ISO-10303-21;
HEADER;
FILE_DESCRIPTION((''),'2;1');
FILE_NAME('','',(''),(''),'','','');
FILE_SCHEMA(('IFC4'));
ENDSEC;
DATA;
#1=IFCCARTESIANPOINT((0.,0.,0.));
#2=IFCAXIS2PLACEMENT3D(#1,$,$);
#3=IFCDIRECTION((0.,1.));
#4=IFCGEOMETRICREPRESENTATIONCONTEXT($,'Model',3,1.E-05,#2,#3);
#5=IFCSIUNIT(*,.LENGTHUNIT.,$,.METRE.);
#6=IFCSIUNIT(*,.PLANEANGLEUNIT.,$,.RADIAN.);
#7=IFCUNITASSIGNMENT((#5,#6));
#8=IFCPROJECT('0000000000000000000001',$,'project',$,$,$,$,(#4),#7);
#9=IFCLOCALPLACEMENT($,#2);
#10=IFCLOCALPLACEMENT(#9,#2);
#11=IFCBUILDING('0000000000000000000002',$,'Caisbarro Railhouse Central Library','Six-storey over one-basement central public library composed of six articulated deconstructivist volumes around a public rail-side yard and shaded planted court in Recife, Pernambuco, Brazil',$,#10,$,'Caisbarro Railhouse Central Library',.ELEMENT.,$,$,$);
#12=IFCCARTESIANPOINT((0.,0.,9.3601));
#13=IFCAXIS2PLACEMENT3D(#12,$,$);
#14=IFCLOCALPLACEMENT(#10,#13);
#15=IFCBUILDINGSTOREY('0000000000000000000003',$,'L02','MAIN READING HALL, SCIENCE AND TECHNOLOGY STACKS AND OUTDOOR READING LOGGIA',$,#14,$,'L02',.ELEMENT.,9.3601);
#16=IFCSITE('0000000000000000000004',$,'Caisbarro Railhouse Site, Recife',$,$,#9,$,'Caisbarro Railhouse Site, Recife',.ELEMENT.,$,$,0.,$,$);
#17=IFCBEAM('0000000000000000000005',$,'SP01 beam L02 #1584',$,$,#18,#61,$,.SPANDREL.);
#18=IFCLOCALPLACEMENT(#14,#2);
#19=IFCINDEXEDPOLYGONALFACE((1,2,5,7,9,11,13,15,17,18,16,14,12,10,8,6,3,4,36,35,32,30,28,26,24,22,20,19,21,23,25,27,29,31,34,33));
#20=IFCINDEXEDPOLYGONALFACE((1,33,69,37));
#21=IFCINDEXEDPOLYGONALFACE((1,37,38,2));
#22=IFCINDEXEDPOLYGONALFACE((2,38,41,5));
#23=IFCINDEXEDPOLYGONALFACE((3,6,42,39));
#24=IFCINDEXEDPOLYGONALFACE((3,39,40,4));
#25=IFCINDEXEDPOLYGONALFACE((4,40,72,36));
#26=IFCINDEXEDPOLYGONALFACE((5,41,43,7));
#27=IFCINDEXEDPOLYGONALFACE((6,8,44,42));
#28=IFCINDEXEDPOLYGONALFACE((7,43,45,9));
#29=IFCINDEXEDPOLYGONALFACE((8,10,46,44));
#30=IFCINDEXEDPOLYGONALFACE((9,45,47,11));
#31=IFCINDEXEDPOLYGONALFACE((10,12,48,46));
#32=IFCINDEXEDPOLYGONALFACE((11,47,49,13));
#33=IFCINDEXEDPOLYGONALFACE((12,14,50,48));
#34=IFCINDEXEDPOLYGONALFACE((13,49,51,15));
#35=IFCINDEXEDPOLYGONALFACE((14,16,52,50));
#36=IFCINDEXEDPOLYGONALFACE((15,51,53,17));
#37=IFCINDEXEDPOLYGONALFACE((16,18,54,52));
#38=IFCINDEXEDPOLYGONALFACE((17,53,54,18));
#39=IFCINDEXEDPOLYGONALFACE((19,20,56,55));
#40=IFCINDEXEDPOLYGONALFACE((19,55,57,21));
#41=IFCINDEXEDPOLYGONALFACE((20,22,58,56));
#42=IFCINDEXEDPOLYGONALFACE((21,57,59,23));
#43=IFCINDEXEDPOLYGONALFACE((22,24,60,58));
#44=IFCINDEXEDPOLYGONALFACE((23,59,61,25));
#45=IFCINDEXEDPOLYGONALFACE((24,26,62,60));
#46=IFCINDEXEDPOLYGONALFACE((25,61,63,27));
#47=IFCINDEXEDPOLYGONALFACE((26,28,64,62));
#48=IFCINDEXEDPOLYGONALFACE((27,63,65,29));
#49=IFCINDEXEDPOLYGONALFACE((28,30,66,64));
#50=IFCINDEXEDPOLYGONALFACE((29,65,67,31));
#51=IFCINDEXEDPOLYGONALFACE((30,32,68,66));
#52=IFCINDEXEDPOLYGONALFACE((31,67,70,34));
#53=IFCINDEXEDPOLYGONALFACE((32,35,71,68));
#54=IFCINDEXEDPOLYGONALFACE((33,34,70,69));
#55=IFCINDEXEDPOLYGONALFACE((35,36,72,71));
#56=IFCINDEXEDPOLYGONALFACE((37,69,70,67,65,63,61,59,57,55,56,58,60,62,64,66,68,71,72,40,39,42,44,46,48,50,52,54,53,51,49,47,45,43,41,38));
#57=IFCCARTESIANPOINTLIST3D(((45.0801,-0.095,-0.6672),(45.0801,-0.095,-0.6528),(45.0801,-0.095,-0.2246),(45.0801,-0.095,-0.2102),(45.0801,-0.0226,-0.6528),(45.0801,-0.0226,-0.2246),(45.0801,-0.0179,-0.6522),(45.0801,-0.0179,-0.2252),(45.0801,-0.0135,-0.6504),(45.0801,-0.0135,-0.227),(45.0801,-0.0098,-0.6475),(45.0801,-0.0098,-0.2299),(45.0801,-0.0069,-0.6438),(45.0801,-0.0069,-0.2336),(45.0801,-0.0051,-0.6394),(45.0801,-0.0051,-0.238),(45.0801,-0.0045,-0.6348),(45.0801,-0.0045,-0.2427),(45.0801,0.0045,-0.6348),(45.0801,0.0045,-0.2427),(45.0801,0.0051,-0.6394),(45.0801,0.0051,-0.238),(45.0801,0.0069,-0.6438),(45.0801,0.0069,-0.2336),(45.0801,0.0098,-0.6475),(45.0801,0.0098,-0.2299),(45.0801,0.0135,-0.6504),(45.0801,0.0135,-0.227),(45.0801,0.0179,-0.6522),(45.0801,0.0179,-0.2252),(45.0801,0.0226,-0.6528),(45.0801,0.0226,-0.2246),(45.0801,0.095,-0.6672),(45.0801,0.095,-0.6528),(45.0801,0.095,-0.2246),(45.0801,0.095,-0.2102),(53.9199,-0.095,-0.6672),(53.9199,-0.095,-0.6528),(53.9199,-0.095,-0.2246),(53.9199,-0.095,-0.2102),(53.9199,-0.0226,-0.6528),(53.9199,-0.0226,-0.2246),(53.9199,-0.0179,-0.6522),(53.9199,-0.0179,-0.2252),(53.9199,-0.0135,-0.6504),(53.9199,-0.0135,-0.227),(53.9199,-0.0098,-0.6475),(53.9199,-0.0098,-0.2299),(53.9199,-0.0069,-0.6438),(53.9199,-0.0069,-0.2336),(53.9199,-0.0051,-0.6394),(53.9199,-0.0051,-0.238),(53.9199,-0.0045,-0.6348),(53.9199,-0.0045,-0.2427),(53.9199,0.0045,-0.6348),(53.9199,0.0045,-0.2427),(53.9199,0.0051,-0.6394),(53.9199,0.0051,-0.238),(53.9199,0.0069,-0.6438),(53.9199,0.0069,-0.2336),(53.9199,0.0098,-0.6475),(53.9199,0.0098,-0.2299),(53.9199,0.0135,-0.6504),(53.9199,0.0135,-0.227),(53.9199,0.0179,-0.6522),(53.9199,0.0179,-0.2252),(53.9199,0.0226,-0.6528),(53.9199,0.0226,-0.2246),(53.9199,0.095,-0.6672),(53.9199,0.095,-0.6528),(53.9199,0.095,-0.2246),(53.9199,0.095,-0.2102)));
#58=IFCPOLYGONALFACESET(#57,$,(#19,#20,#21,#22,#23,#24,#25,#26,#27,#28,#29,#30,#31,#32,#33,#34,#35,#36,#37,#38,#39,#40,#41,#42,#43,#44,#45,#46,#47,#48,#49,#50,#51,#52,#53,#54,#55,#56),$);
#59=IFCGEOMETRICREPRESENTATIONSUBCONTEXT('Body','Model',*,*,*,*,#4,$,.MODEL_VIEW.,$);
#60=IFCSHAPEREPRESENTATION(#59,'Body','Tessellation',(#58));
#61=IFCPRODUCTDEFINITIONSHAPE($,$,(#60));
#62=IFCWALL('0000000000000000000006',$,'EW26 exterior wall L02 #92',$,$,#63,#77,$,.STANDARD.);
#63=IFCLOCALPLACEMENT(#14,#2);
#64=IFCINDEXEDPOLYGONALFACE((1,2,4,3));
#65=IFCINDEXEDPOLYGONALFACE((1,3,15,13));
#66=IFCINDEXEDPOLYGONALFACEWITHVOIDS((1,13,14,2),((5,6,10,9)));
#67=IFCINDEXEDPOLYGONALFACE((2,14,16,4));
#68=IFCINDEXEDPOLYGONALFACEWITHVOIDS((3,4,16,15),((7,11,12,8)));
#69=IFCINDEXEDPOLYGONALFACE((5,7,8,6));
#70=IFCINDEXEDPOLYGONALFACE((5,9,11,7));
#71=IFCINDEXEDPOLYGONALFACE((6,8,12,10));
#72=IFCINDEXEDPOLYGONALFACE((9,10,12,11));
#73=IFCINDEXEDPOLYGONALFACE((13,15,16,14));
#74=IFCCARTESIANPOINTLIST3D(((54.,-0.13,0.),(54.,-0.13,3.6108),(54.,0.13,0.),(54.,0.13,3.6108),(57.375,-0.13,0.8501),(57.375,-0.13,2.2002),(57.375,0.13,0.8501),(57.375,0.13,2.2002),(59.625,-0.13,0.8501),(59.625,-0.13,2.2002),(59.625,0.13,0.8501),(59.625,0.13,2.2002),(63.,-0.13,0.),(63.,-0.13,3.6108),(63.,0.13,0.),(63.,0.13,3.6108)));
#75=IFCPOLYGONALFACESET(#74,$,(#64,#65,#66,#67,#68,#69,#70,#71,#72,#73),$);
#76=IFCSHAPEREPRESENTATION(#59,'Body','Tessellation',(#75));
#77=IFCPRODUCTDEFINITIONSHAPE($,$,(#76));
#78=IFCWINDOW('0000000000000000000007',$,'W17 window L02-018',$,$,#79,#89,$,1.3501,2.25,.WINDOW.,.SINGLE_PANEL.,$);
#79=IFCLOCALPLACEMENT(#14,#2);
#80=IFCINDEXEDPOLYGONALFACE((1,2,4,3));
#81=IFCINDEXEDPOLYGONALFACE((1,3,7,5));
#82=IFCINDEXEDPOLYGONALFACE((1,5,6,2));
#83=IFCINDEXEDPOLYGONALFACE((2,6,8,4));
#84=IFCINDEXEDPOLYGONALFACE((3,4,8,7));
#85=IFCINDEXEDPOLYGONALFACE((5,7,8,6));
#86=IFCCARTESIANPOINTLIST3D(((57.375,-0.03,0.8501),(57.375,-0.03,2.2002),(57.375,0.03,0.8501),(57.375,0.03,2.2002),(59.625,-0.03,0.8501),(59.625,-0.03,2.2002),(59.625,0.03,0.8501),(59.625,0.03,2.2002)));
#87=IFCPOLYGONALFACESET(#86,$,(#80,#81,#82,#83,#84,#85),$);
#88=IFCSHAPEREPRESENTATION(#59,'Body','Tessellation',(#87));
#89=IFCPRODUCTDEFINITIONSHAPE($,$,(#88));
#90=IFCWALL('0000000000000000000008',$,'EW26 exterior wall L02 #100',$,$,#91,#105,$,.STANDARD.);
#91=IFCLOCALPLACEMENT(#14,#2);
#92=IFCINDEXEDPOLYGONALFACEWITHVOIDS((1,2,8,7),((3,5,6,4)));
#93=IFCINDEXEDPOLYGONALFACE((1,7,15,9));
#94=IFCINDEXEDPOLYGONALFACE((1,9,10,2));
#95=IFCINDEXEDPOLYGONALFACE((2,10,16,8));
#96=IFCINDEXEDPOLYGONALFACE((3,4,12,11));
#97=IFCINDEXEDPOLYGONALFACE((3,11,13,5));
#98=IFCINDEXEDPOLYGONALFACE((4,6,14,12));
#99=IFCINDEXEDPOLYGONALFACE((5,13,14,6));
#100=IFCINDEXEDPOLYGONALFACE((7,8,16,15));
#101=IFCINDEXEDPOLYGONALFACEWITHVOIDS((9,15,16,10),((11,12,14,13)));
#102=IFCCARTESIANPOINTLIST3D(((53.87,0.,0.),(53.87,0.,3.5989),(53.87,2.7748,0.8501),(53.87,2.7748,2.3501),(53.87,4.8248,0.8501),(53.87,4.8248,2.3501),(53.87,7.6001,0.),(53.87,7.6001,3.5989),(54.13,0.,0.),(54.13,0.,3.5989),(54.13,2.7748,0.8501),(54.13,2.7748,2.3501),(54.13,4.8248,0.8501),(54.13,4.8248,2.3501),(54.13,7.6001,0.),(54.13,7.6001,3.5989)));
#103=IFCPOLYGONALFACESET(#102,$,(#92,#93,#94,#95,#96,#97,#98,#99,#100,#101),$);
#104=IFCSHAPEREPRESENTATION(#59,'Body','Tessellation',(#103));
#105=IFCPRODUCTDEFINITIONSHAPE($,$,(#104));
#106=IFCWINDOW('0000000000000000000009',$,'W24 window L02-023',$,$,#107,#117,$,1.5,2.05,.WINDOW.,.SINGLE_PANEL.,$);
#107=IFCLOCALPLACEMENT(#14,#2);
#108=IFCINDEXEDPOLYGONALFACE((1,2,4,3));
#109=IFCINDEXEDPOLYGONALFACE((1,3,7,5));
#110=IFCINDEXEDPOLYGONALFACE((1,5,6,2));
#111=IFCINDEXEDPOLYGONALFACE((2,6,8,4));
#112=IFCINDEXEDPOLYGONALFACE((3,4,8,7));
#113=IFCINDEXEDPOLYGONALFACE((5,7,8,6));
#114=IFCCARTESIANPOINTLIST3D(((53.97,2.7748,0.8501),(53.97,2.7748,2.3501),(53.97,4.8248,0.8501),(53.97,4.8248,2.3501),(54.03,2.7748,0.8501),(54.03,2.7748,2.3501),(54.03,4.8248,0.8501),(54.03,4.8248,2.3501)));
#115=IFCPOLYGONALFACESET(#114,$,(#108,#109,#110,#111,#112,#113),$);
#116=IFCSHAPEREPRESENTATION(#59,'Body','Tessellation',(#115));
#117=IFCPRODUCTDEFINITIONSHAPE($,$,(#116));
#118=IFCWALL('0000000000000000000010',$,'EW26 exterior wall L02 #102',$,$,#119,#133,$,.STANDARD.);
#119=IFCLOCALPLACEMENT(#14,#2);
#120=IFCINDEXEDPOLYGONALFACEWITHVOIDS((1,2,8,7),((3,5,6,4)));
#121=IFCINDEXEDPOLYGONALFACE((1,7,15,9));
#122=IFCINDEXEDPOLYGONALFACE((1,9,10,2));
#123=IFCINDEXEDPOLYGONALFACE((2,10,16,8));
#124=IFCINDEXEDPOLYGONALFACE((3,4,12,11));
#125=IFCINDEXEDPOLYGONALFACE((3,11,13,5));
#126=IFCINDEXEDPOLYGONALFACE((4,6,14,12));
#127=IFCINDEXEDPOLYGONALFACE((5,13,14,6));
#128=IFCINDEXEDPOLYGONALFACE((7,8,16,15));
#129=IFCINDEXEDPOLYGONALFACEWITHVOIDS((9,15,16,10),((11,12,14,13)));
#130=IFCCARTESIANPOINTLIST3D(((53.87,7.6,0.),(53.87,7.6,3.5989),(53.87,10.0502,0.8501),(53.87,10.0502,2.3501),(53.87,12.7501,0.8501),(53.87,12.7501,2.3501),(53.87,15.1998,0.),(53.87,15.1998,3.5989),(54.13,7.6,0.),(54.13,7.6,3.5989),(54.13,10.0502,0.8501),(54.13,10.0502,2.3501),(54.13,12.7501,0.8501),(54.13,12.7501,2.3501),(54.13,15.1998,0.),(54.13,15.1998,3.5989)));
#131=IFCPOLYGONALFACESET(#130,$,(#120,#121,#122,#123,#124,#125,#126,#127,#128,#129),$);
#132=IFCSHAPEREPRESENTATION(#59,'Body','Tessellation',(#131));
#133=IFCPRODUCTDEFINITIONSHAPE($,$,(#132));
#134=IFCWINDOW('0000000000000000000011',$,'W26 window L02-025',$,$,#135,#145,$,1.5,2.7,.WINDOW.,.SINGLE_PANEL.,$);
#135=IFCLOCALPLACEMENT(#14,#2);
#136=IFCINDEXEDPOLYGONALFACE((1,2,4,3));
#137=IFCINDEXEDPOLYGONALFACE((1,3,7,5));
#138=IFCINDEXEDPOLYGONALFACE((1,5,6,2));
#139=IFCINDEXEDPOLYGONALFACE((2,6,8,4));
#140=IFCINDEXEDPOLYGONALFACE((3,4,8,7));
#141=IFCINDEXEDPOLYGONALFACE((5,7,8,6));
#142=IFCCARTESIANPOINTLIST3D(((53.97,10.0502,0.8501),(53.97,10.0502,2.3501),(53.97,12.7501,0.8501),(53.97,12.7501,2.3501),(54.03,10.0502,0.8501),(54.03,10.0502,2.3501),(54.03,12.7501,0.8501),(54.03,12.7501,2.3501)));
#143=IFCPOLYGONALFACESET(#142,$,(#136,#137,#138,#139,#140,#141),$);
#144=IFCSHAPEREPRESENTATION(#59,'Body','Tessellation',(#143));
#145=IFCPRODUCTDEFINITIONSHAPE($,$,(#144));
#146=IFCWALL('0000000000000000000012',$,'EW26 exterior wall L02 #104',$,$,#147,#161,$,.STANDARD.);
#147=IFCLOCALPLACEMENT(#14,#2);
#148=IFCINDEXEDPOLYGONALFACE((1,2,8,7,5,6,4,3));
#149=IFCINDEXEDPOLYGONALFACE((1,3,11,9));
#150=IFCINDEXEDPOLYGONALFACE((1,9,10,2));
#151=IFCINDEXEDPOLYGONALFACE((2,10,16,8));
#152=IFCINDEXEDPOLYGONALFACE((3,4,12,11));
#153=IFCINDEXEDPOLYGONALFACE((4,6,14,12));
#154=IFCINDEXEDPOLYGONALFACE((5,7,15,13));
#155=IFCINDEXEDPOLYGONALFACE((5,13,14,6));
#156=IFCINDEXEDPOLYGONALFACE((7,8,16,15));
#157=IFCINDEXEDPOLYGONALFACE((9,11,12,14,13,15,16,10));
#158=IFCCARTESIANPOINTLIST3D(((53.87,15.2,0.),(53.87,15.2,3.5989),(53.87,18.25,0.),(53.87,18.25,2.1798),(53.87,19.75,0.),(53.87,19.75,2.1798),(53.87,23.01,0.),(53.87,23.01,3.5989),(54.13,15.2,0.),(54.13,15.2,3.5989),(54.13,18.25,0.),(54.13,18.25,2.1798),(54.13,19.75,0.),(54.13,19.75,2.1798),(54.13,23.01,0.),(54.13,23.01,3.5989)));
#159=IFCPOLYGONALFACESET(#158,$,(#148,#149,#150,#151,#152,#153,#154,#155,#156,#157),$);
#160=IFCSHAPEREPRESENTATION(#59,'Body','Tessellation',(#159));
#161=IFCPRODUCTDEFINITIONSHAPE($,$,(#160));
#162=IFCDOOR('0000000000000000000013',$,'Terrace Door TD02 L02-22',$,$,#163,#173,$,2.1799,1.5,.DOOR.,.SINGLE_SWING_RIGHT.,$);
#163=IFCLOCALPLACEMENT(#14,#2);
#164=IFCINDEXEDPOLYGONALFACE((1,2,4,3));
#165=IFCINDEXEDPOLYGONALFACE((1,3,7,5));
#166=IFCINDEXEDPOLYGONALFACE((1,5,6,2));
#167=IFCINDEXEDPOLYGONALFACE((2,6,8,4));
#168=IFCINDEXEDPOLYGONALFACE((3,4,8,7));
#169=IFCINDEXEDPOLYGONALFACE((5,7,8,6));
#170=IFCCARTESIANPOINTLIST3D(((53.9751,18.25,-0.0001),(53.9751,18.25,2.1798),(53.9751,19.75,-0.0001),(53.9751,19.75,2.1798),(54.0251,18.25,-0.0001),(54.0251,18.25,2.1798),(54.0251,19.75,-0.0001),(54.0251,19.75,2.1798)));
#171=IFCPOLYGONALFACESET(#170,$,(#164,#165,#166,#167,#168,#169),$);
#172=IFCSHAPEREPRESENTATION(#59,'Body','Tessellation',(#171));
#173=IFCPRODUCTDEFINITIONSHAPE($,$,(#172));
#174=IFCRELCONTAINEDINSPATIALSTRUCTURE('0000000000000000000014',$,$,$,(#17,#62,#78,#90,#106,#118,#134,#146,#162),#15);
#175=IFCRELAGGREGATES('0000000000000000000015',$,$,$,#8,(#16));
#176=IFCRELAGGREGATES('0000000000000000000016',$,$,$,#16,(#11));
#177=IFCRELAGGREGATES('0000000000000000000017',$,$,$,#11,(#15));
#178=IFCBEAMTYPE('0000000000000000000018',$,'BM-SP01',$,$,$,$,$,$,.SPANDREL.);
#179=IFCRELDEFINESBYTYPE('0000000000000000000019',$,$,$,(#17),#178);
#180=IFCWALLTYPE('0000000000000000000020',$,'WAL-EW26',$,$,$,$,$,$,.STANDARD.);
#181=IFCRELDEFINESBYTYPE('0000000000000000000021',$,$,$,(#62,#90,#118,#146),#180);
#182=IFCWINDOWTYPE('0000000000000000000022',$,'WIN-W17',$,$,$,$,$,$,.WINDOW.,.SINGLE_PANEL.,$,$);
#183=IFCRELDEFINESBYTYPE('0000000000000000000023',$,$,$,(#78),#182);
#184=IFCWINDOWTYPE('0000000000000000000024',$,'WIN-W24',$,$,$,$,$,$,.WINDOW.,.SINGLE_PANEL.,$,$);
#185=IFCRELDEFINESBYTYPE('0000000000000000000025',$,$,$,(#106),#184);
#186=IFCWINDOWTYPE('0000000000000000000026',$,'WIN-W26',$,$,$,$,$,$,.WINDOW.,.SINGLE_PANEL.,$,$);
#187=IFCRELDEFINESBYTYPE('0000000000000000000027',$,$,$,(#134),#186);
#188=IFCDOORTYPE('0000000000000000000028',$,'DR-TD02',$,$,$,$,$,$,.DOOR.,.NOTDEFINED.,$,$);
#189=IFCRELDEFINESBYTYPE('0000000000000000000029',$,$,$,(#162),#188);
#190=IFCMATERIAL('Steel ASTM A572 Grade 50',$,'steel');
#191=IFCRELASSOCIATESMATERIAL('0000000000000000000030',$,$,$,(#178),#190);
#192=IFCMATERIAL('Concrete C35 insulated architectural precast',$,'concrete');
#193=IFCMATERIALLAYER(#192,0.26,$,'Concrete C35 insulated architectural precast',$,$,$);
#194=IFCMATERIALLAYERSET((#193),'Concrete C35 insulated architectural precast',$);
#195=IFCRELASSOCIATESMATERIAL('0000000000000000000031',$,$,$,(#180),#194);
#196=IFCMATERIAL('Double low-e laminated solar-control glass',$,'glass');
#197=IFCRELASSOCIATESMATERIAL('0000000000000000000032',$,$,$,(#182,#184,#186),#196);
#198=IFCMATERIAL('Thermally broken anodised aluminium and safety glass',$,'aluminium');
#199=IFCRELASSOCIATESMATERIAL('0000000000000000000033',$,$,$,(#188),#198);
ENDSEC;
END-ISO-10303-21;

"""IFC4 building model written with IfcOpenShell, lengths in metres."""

from ifc_helpers import new_model, si_unit, direction, frame, frame_2d, origin, origin_2d, place, context, subcontext, project, spatial, rectangle, i_section, extrude, material, layer, layer_set, material_profile, profile_set, type_object, element, fill, save


model = new_model("IFC4")

# Units and contexts
model_context = context("Model", 3, precision=1e-05, world=origin(), true_north=direction((0.0, 1.0)))
body_context = subcontext(model_context, "Body", "Model", "MODEL_VIEW")
ifc_project = project(units=[si_unit("LENGTHUNIT", "METRE"), si_unit("PLANEANGLEUNIT", "RADIAN")], contexts=[model_context])

# Site, building, storey
site_placement = place(None, origin())
site = spatial("IfcSite", under=ifc_project, at=site_placement, Name="Caisbarro Railhouse Site, Recife", LongName="Caisbarro Railhouse Site, Recife", CompositionType="ELEMENT", RefElevation=0.0)
building_placement = place(site_placement, origin())
building = spatial("IfcBuilding", under=site, at=building_placement, Name="Caisbarro Railhouse Central Library", Description="Six-storey over one-basement central public library composed of six articulated deconstructivist volumes around a public rail-side yard and shaded planted court in Recife, Pernambuco, Brazil", LongName="Caisbarro Railhouse Central Library", CompositionType="ELEMENT")
storey_placement = place(building_placement, frame((0.0, 0.0, 9.3601)))
storey = spatial("IfcBuildingStorey", under=building, at=storey_placement, Name="L02", Description="MAIN READING HALL, SCIENCE AND TECHNOLOGY STACKS AND OUTDOOR READING LOGGIA", LongName="L02", CompositionType="ELEMENT", Elevation=9.3601)

# Shared definitions
ifc_material_1 = material(Name="Steel ASTM A572 Grade 50", Category="steel")

# Beam
ifc_material_profile_1 = material_profile(ifc_material_1, i_section(OverallWidth=0.1899, OverallDepth=0.457, WebThickness=0.009, FlangeThickness=0.0144, FilletRadius=0.0181, at=origin_2d()), Name="W460X74.0")
ifc_profile_set_1 = profile_set([ifc_material_profile_1], Name="Steel ASTM A572 Grade 50")
beam_type_1 = type_object("IfcBeamType", Name="BM-SP01", PredefinedType="SPANDREL", material=ifc_profile_set_1)
for number, where, z_axis, x_axis, name in (
    (1, (45.0801, 0.0, -0.4387), (1.0, 0.0, 0.0), (0.0, 1.0, 0.0), "SP01 beam L02 #1584"),
):
    element("IfcBeam", number, at=place(storey_placement, frame(where, z_axis=z_axis, x_axis=x_axis)), inside=storey, type_object=beam_type_1, Name=name, PredefinedType="SPANDREL", context=body_context, shape_type="SweptSolid", body=[
        extrude(i_section(OverallWidth=0.1899, OverallDepth=0.457, WebThickness=0.009, FlangeThickness=0.0144, FilletRadius=0.0181, at=origin_2d()), origin(), (0.0, 0.0, 1.0), 8.8398),
    ])

# Walls, openings, windows
ifc_material_2 = material(Name="Concrete C35 insulated architectural precast", Category="concrete")
ifc_layer_1 = layer(ifc_material_2, 0.26, Name="Concrete C35 insulated architectural precast")
ifc_layer_set_1 = layer_set([ifc_layer_1], Name="Concrete C35 insulated architectural precast")
wall_type_1 = type_object("IfcWallType", Name="WAL-EW26", PredefinedType="STANDARD", material=ifc_layer_set_1)
wall_1_placement = place(storey_placement, frame((54.0, 0.0, 0.0), z_axis=(0.0, 0.0, 1.0), x_axis=(1.0, 0.0, 0.0)))
wall_1 = element("IfcWall", 2, at=wall_1_placement, inside=storey, type_object=wall_type_1, Name="EW26 exterior wall L02 #92", PredefinedType="STANDARD", context=body_context, shape_type="SweptSolid", body=[
    extrude(rectangle(XDim=9.0, YDim=0.26, at=frame_2d((4.5, 0.0))), origin(), (0.0, 0.0, 1.0), 3.6108),
])
opening_1_placement = place(wall_1_placement, frame((3.375, 0.0, 0.8501)))
opening_1 = element("IfcOpeningElement", 3, at=opening_1_placement, cuts=wall_1, PredefinedType="OPENING", context=body_context, shape_type="SweptSolid", body=[
    extrude(rectangle(XDim=2.25, YDim=1.3501, at=frame_2d((1.125, 0.675))), frame((0.0, 0.1401, 0.0), z_axis=(0.0, -1.0, 0.0), x_axis=(1.0, 0.0, 0.0)), (0.0, 0.0, 1.0), 0.28),
])
ifc_material_3 = material(Name="Double low-e laminated solar-control glass", Category="glass")
window_type_1 = type_object("IfcWindowType", Name="WIN-W17", PartitioningType="SINGLE_PANEL", PredefinedType="WINDOW", material=ifc_material_3)
window_1_placement = place(opening_1_placement, origin())
window_1 = element("IfcWindow", 4, at=window_1_placement, inside=storey, type_object=window_type_1, Name="W17 window L02-018", OverallHeight=1.3501, OverallWidth=2.25, PartitioningType="SINGLE_PANEL", PredefinedType="WINDOW", context=body_context, shape_type="SweptSolid", body=[
    extrude(rectangle(XDim=2.25, YDim=1.3501, at=frame_2d((1.125, 0.675))), frame((0.0, 0.03, 0.0), z_axis=(0.0, -1.0, 0.0), x_axis=(1.0, 0.0, 0.0)), (0.0, 0.0, 1.0), 0.0601),
])
fill(opening_1, window_1)
wall_2_placement = place(storey_placement, frame((54.0, 0.0, 0.0), z_axis=(0.0, 0.0, 1.0), x_axis=(0.0, 1.0, 0.0)))
wall_2 = element("IfcWall", 5, at=wall_2_placement, inside=storey, type_object=wall_type_1, Name="EW26 exterior wall L02 #100", PredefinedType="STANDARD", context=body_context, shape_type="SweptSolid", body=[
    extrude(rectangle(XDim=7.6001, YDim=0.26, at=frame_2d((3.8, 0.0))), origin(), (0.0, 0.0, 1.0), 3.5989),
])
opening_2_placement = place(wall_2_placement, frame((2.7749, 0.0, 0.8501)))
opening_2 = element("IfcOpeningElement", 6, at=opening_2_placement, cuts=wall_2, PredefinedType="OPENING", context=body_context, shape_type="SweptSolid", body=[
    extrude(rectangle(XDim=2.05, YDim=1.5, at=frame_2d((1.0249, 0.75))), frame((0.0, 0.1401, 0.0), z_axis=(0.0, -1.0, 0.0), x_axis=(1.0, 0.0, 0.0)), (0.0, 0.0, 1.0), 0.28),
])
window_type_2 = type_object("IfcWindowType", Name="WIN-W24", PartitioningType="SINGLE_PANEL", PredefinedType="WINDOW", material=ifc_material_3)
window_2_placement = place(opening_2_placement, origin())
window_2 = element("IfcWindow", 7, at=window_2_placement, inside=storey, type_object=window_type_2, Name="W24 window L02-023", OverallHeight=1.5, OverallWidth=2.05, PartitioningType="SINGLE_PANEL", PredefinedType="WINDOW", context=body_context, shape_type="SweptSolid", body=[
    extrude(rectangle(XDim=2.05, YDim=1.5, at=frame_2d((1.0249, 0.75))), frame((0.0, 0.03, 0.0), z_axis=(0.0, -1.0, 0.0), x_axis=(1.0, 0.0, 0.0)), (0.0, 0.0, 1.0), 0.0601),
])
fill(opening_2, window_2)
wall_3_placement = place(storey_placement, frame((54.0, 7.6001, 0.0), z_axis=(0.0, 0.0, 1.0), x_axis=(0.0, 1.0, 0.0)))
wall_3 = element("IfcWall", 8, at=wall_3_placement, inside=storey, type_object=wall_type_1, Name="EW26 exterior wall L02 #102", PredefinedType="STANDARD", context=body_context, shape_type="SweptSolid", body=[
    extrude(rectangle(XDim=7.5999, YDim=0.26, at=frame_2d((3.7998, 0.0))), origin(), (0.0, 0.0, 1.0), 3.5989),
])
opening_3_placement = place(wall_3_placement, frame((2.45, 0.0, 0.8501)))
opening_3 = element("IfcOpeningElement", 9, at=opening_3_placement, cuts=wall_3, PredefinedType="OPENING", context=body_context, shape_type="SweptSolid", body=[
    extrude(rectangle(XDim=2.7, YDim=1.5, at=frame_2d((1.3501, 0.75))), frame((0.0, 0.1401, 0.0), z_axis=(0.0, -1.0, 0.0), x_axis=(1.0, 0.0, 0.0)), (0.0, 0.0, 1.0), 0.28),
])
window_type_3 = type_object("IfcWindowType", Name="WIN-W26", PartitioningType="SINGLE_PANEL", PredefinedType="WINDOW", material=ifc_material_3)
window_3_placement = place(opening_3_placement, origin())
window_3 = element("IfcWindow", 10, at=window_3_placement, inside=storey, type_object=window_type_3, Name="W26 window L02-025", OverallHeight=1.5, OverallWidth=2.7, PartitioningType="SINGLE_PANEL", PredefinedType="WINDOW", context=body_context, shape_type="SweptSolid", body=[
    extrude(rectangle(XDim=2.7, YDim=1.5, at=frame_2d((1.3501, 0.75))), frame((0.0, 0.03, 0.0), z_axis=(0.0, -1.0, 0.0), x_axis=(1.0, 0.0, 0.0)), (0.0, 0.0, 1.0), 0.0601),
])
fill(opening_3, window_3)

# Wall, opening, door
wall_4_placement = place(storey_placement, frame((54.0, 15.2, 0.0), z_axis=(0.0, 0.0, 1.0), x_axis=(0.0, 1.0, 0.0)))
wall_4 = element("IfcWall", 11, at=wall_4_placement, inside=storey, type_object=wall_type_1, Name="EW26 exterior wall L02 #104", PredefinedType="STANDARD", context=body_context, shape_type="SweptSolid", body=[
    extrude(rectangle(XDim=7.8101, YDim=0.26, at=frame_2d((3.905, 0.0))), origin(), (0.0, 0.0, 1.0), 3.5989),
])
opening_4_placement = place(wall_4_placement, frame((3.05, 0.0, 0.0)))
opening_4 = element("IfcOpeningElement", 12, at=opening_4_placement, cuts=wall_4, PredefinedType="OPENING", context=body_context, shape_type="SweptSolid", body=[
    extrude(rectangle(XDim=1.5, YDim=2.1799, at=frame_2d((0.75, 1.0898))), frame((0.0, 0.1401, 0.0), z_axis=(0.0, -1.0, 0.0), x_axis=(1.0, 0.0, 0.0)), (0.0, 0.0, 1.0), 0.28),
])
ifc_material_4 = material(Name="Thermally broken anodised aluminium and safety glass", Category="aluminium")
door_type_1 = type_object("IfcDoorType", Name="DR-TD02", OperationType="NOTDEFINED", PredefinedType="DOOR", material=ifc_material_4)
door_1_placement = place(opening_4_placement, origin())
door_1 = element("IfcDoor", 13, at=door_1_placement, inside=storey, type_object=door_type_1, Name="Terrace Door TD02 L02-22", OperationType="SINGLE_SWING_RIGHT", OverallHeight=2.1799, OverallWidth=1.5, PredefinedType="DOOR", context=body_context, shape_type="SweptSolid", body=[
    extrude(rectangle(XDim=1.5, YDim=2.1799, at=frame_2d((0.75, 1.0898))), frame((0.0, 0.0249, 0.0), z_axis=(0.0, -1.0, 0.0), x_axis=(1.0, 0.0, 0.0)), (0.0, 0.0, 1.0), 0.05),
])
fill(opening_4, door_1)

save(model, "model.ifc")
